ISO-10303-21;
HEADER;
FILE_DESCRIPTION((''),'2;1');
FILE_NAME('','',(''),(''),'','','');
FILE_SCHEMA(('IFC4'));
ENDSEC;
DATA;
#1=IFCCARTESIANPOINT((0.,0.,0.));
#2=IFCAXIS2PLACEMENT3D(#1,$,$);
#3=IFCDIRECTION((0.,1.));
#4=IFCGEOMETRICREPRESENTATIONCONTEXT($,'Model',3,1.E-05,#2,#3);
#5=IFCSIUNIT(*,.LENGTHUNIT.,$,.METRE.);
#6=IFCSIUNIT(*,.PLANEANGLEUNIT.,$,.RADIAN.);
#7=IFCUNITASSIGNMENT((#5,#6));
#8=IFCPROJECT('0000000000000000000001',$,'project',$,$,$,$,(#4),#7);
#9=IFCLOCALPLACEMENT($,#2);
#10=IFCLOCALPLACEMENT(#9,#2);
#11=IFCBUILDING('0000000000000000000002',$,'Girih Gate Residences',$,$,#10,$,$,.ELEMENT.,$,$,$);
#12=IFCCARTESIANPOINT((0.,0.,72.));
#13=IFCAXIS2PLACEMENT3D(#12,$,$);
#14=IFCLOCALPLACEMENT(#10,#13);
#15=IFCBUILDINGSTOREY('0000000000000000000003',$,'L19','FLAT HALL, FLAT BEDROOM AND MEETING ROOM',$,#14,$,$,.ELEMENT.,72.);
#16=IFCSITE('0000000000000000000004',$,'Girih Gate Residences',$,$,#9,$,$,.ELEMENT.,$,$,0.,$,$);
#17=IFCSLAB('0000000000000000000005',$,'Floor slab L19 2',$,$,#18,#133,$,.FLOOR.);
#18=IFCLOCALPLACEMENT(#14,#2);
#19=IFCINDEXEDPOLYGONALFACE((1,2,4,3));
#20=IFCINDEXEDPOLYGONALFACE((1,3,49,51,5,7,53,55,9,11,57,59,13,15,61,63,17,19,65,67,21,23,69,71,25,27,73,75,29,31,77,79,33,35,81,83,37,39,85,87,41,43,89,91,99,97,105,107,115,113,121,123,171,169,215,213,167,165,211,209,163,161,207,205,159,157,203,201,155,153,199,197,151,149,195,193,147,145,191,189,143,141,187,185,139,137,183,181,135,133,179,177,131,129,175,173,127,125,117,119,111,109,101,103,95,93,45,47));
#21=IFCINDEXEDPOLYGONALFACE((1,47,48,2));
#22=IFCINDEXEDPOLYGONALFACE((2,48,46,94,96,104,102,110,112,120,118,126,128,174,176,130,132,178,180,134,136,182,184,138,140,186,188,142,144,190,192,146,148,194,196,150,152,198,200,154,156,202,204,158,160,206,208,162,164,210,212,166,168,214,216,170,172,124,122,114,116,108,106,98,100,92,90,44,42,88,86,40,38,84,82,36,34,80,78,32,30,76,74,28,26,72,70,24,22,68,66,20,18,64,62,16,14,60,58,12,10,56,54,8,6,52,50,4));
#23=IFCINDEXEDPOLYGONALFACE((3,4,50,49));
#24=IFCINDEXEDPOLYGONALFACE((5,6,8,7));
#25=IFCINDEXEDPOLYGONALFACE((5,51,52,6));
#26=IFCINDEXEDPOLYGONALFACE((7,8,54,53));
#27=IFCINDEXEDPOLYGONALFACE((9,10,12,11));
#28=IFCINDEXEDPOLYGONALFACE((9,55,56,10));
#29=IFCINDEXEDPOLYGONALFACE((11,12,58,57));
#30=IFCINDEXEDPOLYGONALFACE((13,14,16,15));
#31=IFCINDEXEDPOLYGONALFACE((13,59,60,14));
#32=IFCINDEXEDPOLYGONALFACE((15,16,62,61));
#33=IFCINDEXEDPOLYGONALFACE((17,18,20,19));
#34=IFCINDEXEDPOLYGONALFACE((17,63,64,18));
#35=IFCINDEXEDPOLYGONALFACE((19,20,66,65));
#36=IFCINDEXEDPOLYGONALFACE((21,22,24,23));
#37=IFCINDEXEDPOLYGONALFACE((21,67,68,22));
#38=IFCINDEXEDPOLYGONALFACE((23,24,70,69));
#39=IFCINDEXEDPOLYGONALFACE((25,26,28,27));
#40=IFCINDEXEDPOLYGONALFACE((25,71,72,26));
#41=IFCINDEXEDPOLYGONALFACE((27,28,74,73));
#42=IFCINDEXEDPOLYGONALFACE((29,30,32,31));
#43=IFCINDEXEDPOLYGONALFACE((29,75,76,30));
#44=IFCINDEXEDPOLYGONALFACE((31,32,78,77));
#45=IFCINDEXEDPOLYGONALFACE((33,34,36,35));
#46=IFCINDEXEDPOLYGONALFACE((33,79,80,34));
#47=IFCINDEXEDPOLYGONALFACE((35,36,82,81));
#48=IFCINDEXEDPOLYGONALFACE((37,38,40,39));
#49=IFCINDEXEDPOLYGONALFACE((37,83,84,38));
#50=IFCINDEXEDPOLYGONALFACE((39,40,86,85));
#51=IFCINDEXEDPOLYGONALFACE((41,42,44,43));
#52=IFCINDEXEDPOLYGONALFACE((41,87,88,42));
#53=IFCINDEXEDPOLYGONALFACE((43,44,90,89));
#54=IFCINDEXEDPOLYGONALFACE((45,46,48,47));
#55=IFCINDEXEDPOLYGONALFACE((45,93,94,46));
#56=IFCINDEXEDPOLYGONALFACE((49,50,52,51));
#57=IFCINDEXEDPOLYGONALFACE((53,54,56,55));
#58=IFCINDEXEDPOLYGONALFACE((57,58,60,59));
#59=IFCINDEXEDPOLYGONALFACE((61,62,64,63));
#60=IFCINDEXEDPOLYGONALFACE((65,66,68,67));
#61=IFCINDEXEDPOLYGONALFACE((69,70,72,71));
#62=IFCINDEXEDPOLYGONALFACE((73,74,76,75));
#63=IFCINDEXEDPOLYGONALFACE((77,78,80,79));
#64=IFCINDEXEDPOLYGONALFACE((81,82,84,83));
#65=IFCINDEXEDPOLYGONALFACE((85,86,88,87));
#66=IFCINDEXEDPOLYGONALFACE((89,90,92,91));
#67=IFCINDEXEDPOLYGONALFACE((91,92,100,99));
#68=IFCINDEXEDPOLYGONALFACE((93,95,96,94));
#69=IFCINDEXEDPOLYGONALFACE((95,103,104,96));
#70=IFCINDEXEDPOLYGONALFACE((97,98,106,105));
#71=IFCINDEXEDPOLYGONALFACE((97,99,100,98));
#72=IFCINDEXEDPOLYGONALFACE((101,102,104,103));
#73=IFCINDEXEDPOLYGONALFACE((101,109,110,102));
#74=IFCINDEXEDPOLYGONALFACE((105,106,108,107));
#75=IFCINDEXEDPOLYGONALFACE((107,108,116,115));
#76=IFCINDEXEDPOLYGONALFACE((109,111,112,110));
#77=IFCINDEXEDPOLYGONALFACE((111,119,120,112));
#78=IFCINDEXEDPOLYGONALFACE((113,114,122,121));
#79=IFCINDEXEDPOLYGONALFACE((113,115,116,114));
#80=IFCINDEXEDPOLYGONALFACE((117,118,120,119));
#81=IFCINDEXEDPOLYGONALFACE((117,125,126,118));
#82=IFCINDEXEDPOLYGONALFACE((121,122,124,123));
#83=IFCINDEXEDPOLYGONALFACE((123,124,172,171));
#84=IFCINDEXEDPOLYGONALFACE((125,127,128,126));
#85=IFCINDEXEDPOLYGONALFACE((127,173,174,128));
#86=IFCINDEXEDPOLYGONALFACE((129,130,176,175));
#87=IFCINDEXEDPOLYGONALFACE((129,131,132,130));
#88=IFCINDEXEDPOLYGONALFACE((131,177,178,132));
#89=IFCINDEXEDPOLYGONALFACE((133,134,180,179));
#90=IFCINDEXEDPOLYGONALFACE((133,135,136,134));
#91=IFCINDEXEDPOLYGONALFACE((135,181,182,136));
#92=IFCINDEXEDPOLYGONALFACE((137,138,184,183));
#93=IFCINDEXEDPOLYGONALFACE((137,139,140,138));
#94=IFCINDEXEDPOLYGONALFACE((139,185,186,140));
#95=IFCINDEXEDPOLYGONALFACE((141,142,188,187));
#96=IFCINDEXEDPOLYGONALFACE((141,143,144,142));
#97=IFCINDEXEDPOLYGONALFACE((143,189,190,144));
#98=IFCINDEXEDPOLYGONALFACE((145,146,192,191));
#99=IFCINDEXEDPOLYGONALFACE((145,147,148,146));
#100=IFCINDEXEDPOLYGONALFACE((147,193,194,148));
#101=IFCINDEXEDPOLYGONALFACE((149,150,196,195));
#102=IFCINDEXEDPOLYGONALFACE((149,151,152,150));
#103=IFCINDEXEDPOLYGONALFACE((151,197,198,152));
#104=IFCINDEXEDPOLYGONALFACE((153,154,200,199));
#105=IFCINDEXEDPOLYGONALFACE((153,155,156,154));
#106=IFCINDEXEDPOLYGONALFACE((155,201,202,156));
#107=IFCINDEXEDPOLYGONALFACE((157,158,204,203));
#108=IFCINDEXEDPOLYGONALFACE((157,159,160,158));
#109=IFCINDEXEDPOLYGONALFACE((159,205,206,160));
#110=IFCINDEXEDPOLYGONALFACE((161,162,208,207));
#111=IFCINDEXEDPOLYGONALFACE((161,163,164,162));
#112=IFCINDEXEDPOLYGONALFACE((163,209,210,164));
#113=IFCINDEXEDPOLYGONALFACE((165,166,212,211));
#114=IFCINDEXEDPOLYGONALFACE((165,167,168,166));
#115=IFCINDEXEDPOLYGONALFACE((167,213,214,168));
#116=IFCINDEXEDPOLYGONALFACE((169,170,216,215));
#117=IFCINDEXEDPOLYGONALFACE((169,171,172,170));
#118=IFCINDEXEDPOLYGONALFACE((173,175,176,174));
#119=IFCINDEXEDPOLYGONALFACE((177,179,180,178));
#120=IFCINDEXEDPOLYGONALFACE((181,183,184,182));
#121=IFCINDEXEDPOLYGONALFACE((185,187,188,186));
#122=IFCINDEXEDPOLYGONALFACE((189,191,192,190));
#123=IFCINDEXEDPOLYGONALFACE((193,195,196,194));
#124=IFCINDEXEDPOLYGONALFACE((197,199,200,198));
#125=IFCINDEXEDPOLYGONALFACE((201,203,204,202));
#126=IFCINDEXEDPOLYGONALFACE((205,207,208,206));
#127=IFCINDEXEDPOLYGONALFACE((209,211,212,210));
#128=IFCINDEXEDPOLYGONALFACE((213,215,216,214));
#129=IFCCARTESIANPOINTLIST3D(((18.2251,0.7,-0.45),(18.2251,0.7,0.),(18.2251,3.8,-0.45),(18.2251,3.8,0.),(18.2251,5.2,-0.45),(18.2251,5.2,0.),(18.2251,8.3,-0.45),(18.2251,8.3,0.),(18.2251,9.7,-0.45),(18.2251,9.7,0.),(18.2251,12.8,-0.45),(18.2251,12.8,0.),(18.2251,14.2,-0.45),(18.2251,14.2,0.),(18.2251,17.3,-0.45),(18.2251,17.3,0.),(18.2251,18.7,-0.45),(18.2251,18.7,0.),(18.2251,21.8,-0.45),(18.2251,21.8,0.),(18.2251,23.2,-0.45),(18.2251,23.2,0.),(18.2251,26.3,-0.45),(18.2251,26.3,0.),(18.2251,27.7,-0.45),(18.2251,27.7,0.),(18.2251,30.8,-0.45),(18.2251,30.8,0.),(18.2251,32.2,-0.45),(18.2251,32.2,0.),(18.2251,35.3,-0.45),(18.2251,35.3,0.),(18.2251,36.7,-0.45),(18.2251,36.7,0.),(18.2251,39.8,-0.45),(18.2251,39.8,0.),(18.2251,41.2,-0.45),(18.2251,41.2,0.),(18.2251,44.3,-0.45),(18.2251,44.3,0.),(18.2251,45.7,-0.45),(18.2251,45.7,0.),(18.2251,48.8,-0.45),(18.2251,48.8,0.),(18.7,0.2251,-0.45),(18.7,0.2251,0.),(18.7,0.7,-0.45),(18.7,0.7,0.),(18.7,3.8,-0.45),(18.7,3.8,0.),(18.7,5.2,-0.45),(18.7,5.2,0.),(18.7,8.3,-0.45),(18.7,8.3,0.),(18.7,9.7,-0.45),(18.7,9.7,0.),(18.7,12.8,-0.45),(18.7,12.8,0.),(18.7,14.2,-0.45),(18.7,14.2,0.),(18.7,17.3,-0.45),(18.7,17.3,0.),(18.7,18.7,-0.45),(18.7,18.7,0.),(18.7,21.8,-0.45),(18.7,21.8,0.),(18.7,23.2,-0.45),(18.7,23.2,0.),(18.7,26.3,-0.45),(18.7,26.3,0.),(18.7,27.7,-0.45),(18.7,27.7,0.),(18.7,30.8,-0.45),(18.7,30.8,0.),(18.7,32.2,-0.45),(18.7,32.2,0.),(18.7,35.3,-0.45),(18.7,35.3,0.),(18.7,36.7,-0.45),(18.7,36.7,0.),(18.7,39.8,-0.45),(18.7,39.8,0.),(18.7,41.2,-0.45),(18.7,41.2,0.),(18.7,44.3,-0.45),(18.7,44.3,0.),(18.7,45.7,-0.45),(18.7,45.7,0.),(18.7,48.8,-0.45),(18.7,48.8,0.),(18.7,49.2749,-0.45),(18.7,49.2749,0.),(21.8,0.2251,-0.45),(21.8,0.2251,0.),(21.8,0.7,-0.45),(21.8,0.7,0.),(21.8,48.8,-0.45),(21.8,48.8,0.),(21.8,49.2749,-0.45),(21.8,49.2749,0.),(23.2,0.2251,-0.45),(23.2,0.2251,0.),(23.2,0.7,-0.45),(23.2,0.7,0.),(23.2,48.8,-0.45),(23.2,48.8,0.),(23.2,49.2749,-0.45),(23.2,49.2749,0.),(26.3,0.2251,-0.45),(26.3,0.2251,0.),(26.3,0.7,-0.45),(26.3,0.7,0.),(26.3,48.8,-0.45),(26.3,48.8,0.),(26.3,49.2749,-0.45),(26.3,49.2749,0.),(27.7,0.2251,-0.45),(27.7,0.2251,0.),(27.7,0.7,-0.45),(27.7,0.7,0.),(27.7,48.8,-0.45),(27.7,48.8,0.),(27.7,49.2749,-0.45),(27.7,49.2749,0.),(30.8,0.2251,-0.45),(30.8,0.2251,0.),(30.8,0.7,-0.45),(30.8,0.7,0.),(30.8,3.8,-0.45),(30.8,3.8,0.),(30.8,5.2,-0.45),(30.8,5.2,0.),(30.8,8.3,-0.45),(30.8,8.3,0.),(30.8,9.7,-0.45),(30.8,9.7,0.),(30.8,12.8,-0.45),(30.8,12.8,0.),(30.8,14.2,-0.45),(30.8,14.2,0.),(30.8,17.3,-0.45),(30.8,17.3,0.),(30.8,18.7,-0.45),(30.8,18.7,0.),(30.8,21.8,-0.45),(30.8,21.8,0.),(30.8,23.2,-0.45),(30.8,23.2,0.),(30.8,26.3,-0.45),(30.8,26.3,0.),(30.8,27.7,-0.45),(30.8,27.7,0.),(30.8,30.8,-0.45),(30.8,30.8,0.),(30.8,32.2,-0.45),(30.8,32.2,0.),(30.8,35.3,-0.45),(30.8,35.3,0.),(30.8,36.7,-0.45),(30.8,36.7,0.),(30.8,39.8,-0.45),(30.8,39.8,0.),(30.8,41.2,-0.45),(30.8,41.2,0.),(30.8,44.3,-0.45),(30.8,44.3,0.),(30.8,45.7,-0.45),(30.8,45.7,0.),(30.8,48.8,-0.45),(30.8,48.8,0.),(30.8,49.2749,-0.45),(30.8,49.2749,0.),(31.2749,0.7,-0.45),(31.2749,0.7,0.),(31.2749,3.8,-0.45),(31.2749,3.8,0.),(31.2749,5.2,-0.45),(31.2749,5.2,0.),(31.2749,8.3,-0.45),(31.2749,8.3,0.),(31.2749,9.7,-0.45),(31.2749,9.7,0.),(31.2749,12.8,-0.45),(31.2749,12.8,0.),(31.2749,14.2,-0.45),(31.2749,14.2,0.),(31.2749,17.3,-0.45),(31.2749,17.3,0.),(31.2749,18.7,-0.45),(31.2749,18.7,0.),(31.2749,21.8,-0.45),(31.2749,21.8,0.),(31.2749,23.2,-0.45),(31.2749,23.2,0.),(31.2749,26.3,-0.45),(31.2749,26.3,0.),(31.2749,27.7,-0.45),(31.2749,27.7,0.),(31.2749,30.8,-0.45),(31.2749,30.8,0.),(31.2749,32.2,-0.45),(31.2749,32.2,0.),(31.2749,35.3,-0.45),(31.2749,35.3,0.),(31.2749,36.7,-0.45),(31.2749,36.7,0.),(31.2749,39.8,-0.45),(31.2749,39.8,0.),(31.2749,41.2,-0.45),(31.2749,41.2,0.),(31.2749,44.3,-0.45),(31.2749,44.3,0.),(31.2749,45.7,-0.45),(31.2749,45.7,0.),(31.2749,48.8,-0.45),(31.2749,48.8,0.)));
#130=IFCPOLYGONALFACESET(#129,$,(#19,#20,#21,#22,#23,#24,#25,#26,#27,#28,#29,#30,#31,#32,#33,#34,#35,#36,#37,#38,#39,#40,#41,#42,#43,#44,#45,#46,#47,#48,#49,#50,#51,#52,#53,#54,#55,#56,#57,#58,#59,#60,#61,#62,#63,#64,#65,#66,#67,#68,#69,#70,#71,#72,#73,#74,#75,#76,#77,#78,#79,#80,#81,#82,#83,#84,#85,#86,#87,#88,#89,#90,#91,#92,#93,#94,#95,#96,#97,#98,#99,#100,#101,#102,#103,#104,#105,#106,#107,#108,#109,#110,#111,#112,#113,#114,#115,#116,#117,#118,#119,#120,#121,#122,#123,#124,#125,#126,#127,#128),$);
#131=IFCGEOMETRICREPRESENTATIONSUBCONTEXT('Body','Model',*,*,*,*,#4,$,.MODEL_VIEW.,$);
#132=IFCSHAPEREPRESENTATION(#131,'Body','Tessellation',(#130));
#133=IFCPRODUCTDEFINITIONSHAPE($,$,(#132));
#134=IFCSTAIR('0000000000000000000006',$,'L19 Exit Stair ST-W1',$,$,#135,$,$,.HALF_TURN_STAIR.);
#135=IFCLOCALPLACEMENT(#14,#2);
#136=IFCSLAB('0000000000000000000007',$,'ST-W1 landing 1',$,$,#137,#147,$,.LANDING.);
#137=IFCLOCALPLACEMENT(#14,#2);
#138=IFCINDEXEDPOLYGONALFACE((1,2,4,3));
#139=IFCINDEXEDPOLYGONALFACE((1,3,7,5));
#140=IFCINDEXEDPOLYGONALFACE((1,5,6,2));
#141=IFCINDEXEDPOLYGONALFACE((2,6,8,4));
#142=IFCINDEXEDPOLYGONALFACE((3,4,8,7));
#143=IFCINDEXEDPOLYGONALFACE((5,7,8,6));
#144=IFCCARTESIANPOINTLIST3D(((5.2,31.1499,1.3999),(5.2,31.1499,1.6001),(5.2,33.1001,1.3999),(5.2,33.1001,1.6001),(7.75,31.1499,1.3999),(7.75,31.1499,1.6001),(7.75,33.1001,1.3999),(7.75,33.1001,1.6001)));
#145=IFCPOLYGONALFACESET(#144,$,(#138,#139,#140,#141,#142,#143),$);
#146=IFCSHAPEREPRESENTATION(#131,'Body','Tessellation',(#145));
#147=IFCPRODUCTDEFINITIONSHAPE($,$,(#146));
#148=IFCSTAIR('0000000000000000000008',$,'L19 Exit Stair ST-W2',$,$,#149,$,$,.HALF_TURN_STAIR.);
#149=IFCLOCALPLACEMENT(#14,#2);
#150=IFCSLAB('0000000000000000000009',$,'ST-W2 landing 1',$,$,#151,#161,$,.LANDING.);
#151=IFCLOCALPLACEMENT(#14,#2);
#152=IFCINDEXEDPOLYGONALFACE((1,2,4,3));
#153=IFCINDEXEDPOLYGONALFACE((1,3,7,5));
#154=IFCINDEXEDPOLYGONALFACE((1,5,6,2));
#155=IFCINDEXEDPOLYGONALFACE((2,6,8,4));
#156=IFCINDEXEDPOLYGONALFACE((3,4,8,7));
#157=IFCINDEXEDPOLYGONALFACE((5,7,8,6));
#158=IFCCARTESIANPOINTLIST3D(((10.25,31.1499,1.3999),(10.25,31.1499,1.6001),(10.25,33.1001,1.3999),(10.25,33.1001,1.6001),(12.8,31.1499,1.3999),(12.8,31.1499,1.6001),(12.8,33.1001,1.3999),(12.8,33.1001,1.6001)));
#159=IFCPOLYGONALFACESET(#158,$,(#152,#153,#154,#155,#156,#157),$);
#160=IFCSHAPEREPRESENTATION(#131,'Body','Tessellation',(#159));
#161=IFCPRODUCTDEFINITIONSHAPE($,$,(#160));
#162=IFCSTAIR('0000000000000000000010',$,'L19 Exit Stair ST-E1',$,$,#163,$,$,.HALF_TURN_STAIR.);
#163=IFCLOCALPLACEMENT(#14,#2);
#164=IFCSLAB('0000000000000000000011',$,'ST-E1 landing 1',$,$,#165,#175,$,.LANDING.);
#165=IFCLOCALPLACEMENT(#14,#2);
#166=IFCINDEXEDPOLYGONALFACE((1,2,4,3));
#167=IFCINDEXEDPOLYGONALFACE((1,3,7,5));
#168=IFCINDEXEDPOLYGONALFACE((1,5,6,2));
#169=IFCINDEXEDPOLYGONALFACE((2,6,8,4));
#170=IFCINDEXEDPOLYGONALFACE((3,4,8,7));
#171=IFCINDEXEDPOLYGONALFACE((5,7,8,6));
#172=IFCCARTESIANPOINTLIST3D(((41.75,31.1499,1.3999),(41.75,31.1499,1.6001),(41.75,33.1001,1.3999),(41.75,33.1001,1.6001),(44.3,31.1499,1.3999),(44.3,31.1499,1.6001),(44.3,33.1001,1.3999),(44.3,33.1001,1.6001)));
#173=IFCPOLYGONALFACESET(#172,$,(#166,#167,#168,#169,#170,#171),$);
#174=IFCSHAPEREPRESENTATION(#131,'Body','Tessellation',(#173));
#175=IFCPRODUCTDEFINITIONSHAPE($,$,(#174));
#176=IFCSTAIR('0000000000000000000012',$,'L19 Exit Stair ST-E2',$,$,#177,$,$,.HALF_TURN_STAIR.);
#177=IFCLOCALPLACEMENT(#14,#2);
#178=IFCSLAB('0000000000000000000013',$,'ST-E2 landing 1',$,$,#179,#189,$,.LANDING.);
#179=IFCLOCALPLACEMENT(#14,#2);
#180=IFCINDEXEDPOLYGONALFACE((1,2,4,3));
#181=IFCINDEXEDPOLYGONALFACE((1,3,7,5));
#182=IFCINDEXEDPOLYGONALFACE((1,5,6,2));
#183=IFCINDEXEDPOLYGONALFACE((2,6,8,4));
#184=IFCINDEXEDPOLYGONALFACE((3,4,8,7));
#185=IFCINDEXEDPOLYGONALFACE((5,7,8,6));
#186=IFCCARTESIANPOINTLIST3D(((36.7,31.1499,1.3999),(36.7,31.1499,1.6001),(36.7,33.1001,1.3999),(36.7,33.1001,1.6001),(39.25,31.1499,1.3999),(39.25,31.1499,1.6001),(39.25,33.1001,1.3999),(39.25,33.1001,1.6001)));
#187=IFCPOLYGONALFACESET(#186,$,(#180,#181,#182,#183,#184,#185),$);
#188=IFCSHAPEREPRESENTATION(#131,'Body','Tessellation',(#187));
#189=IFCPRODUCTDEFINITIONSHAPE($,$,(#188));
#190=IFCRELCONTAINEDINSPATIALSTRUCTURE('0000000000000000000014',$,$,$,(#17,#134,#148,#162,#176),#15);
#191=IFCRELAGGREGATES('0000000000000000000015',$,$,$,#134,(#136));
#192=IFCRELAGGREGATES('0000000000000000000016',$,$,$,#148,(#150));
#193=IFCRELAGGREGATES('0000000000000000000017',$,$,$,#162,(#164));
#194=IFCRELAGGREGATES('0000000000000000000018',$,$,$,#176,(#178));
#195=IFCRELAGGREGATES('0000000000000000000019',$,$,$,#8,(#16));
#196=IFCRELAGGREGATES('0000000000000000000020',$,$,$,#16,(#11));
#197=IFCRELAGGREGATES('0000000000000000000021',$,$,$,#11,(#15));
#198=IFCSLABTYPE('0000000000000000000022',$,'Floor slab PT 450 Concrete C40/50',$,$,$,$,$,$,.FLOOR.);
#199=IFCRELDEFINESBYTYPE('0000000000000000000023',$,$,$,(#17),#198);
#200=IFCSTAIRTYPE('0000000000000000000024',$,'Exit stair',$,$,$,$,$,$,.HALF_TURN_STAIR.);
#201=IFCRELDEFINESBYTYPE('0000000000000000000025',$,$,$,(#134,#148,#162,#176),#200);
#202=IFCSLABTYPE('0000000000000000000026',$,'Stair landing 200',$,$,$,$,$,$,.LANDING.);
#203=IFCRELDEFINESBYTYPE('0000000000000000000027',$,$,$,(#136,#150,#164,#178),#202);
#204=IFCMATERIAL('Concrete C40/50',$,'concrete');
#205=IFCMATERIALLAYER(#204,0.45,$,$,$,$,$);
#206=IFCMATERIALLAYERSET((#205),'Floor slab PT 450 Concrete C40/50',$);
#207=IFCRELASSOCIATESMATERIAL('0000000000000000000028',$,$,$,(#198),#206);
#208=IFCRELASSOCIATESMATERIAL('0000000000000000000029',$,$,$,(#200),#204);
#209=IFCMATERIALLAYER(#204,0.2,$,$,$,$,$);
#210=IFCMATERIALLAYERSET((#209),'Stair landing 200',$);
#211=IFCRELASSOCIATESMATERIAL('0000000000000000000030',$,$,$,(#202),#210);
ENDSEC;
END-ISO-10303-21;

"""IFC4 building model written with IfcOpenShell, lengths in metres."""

from ifc_helpers import new_model, si_unit, direction, frame, origin, place, context, subcontext, project, spatial, polyline, outline, extrude, material, layer, layer_set, type_object, element, aggregate, save


model = new_model("IFC4")

# Units and contexts
model_context = context("Model", 3, precision=1e-05, world=origin(), true_north=direction((0.0, 1.0)))
body_context = subcontext(model_context, "Body", "Model", "MODEL_VIEW")
ifc_project = project(units=[si_unit("LENGTHUNIT", "METRE"), si_unit("PLANEANGLEUNIT", "RADIAN")], contexts=[model_context])

# Site, building, storey
site_placement = place(None, origin())
site = spatial("IfcSite", under=ifc_project, at=site_placement, Name="Girih Gate Residences", CompositionType="ELEMENT", RefElevation=0.0)
building_placement = place(site_placement, origin())
building = spatial("IfcBuilding", under=site, at=building_placement, Name="Girih Gate Residences", CompositionType="ELEMENT")
storey_placement = place(building_placement, frame((0.0, 0.0, 72.0)))
storey = spatial("IfcBuildingStorey", under=building, at=storey_placement, Name="L19", Description="FLAT HALL, FLAT BEDROOM AND MEETING ROOM", CompositionType="ELEMENT", Elevation=72.0)

# Slab
ifc_material_1 = material(Name="Concrete C40/50", Category="concrete")
ifc_layer_1 = layer(ifc_material_1, 0.45)
ifc_layer_set_1 = layer_set([ifc_layer_1], Name="Floor slab PT 450 Concrete C40/50")
slab_type_1 = type_object("IfcSlabType", Name="Floor slab PT 450 Concrete C40/50", PredefinedType="FLOOR", material=ifc_layer_set_1)
slab_1_placement = place(storey_placement, frame((0.0, 0.0, -0.45)))
element("IfcSlab", 1, at=slab_1_placement, inside=storey, type_object=slab_type_1, Name="Floor slab L19 2", PredefinedType="FLOOR", context=body_context, shape_type="SweptSolid", body=[
    extrude(outline(polyline([(21.8, 49.2749), (18.7, 49.2749), (18.7, 48.8), (18.2251, 48.8), (18.2251, 45.7), (18.7, 45.7), (18.7, 44.3), (18.2251, 44.3), (18.2251, 41.2), (18.7, 41.2), (18.7, 39.8), (18.2251, 39.8), (18.2251, 36.7), (18.7, 36.7), (18.7, 35.3), (18.2251, 35.3), (18.2251, 32.2), (18.7, 32.2), (18.7, 30.8), (18.2251, 30.8), (18.2251, 27.7), (18.7, 27.7), (18.7, 26.3), (18.2251, 26.3), (18.2251, 23.2), (18.7, 23.2), (18.7, 21.8), (18.2251, 21.8), (18.2251, 18.7), (18.7, 18.7), (18.7, 17.3), (18.2251, 17.3), (18.2251, 14.2), (18.7, 14.2), (18.7, 12.8), (18.2251, 12.8), (18.2251, 9.7), (18.7, 9.7), (18.7, 8.3), (18.2251, 8.3), (18.2251, 5.2), (18.7, 5.2), (18.7, 3.8), (18.2251, 3.8), (18.2251, 0.7), (18.7, 0.7), (18.7, 0.2251), (21.8, 0.2251), (21.8, 0.7), (23.2, 0.7), (23.2, 0.2251), (26.3, 0.2251), (26.3, 0.7), (27.7, 0.7), (27.7, 0.2251), (30.8, 0.2251), (30.8, 0.7), (31.2749, 0.7), (31.2749, 3.8), (30.8, 3.8), (30.8, 5.2), (31.2749, 5.2), (31.2749, 8.3), (30.8, 8.3), (30.8, 9.7), (31.2749, 9.7), (31.2749, 12.8), (30.8, 12.8), (30.8, 14.2), (31.2749, 14.2), (31.2749, 17.3), (30.8, 17.3), (30.8, 18.7), (31.2749, 18.7), (31.2749, 21.8), (30.8, 21.8), (30.8, 23.2), (31.2749, 23.2), (31.2749, 26.3), (30.8, 26.3), (30.8, 27.7), (31.2749, 27.7), (31.2749, 30.8), (30.8, 30.8), (30.8, 32.2), (31.2749, 32.2), (31.2749, 35.3), (30.8, 35.3), (30.8, 36.7), (31.2749, 36.7), (31.2749, 39.8), (30.8, 39.8), (30.8, 41.2), (31.2749, 41.2), (31.2749, 44.3), (30.8, 44.3), (30.8, 45.7), (31.2749, 45.7), (31.2749, 48.8), (30.8, 48.8), (30.8, 49.2749), (27.7, 49.2749), (27.7, 48.8), (26.3, 48.8), (26.3, 49.2749), (23.2, 49.2749), (23.2, 48.8), (21.8, 48.8), (21.8, 49.2749)])), origin(), (0.0, 0.0, 1.0), 0.45),
])

# Stairs, slabs
stair_type = type_object("IfcStairType", Name="Exit stair", PredefinedType="HALF_TURN_STAIR", material=ifc_material_1)
stair_1_placement = place(storey_placement, origin())
stair_1 = element("IfcStair", 2, at=stair_1_placement, inside=storey, type_object=stair_type, Name="L19 Exit Stair ST-W1", PredefinedType="HALF_TURN_STAIR")
ifc_layer_2 = layer(ifc_material_1, 0.2)
ifc_layer_set_2 = layer_set([ifc_layer_2], Name="Stair landing 200")
slab_type_2 = type_object("IfcSlabType", Name="Stair landing 200", PredefinedType="LANDING", material=ifc_layer_set_2)
slab_2_placement = place(storey_placement, frame((0.0, 0.0, 1.3999)))
slab_2 = element("IfcSlab", 3, at=slab_2_placement, type_object=slab_type_2, Name="ST-W1 landing 1", PredefinedType="LANDING", context=body_context, shape_type="SweptSolid", body=[
    extrude(outline(polyline([(7.75, 31.1499), (7.75, 33.1001), (5.2, 33.1001), (5.2, 31.1499), (7.75, 31.1499)])), origin(), (0.0, 0.0, 1.0), 0.2002),
])
aggregate(stair_1, [slab_2])
stair_2_placement = place(storey_placement, origin())
stair_2 = element("IfcStair", 4, at=stair_2_placement, inside=storey, type_object=stair_type, Name="L19 Exit Stair ST-W2", PredefinedType="HALF_TURN_STAIR")
slab_3_placement = place(storey_placement, frame((0.0, 0.0, 1.3999)))
slab_3 = element("IfcSlab", 5, at=slab_3_placement, type_object=slab_type_2, Name="ST-W2 landing 1", PredefinedType="LANDING", context=body_context, shape_type="SweptSolid", body=[
    extrude(outline(polyline([(12.8, 31.1499), (12.8, 33.1001), (10.25, 33.1001), (10.25, 31.1499), (12.8, 31.1499)])), origin(), (0.0, 0.0, 1.0), 0.2002),
])
aggregate(stair_2, [slab_3])
stair_3_placement = place(storey_placement, origin())
stair_3 = element("IfcStair", 6, at=stair_3_placement, inside=storey, type_object=stair_type, Name="L19 Exit Stair ST-E1", PredefinedType="HALF_TURN_STAIR")
slab_4_placement = place(storey_placement, frame((0.0, 0.0, 1.3999)))
slab_4 = element("IfcSlab", 7, at=slab_4_placement, type_object=slab_type_2, Name="ST-E1 landing 1", PredefinedType="LANDING", context=body_context, shape_type="SweptSolid", body=[
    extrude(outline(polyline([(44.3, 31.1499), (44.3, 33.1001), (41.75, 33.1001), (41.75, 31.1499), (44.3, 31.1499)])), origin(), (0.0, 0.0, 1.0), 0.2002),
])
aggregate(stair_3, [slab_4])
stair_4_placement = place(storey_placement, origin())
stair_4 = element("IfcStair", 8, at=stair_4_placement, inside=storey, type_object=stair_type, Name="L19 Exit Stair ST-E2", PredefinedType="HALF_TURN_STAIR")
slab_5_placement = place(storey_placement, frame((0.0, 0.0, 1.3999)))
slab_5 = element("IfcSlab", 9, at=slab_5_placement, type_object=slab_type_2, Name="ST-E2 landing 1", PredefinedType="LANDING", context=body_context, shape_type="SweptSolid", body=[
    extrude(outline(polyline([(39.25, 31.1499), (39.25, 33.1001), (36.7, 33.1001), (36.7, 31.1499), (39.25, 31.1499)])), origin(), (0.0, 0.0, 1.0), 0.2002),
])
aggregate(stair_4, [slab_5])

save(model, "model.ifc")
